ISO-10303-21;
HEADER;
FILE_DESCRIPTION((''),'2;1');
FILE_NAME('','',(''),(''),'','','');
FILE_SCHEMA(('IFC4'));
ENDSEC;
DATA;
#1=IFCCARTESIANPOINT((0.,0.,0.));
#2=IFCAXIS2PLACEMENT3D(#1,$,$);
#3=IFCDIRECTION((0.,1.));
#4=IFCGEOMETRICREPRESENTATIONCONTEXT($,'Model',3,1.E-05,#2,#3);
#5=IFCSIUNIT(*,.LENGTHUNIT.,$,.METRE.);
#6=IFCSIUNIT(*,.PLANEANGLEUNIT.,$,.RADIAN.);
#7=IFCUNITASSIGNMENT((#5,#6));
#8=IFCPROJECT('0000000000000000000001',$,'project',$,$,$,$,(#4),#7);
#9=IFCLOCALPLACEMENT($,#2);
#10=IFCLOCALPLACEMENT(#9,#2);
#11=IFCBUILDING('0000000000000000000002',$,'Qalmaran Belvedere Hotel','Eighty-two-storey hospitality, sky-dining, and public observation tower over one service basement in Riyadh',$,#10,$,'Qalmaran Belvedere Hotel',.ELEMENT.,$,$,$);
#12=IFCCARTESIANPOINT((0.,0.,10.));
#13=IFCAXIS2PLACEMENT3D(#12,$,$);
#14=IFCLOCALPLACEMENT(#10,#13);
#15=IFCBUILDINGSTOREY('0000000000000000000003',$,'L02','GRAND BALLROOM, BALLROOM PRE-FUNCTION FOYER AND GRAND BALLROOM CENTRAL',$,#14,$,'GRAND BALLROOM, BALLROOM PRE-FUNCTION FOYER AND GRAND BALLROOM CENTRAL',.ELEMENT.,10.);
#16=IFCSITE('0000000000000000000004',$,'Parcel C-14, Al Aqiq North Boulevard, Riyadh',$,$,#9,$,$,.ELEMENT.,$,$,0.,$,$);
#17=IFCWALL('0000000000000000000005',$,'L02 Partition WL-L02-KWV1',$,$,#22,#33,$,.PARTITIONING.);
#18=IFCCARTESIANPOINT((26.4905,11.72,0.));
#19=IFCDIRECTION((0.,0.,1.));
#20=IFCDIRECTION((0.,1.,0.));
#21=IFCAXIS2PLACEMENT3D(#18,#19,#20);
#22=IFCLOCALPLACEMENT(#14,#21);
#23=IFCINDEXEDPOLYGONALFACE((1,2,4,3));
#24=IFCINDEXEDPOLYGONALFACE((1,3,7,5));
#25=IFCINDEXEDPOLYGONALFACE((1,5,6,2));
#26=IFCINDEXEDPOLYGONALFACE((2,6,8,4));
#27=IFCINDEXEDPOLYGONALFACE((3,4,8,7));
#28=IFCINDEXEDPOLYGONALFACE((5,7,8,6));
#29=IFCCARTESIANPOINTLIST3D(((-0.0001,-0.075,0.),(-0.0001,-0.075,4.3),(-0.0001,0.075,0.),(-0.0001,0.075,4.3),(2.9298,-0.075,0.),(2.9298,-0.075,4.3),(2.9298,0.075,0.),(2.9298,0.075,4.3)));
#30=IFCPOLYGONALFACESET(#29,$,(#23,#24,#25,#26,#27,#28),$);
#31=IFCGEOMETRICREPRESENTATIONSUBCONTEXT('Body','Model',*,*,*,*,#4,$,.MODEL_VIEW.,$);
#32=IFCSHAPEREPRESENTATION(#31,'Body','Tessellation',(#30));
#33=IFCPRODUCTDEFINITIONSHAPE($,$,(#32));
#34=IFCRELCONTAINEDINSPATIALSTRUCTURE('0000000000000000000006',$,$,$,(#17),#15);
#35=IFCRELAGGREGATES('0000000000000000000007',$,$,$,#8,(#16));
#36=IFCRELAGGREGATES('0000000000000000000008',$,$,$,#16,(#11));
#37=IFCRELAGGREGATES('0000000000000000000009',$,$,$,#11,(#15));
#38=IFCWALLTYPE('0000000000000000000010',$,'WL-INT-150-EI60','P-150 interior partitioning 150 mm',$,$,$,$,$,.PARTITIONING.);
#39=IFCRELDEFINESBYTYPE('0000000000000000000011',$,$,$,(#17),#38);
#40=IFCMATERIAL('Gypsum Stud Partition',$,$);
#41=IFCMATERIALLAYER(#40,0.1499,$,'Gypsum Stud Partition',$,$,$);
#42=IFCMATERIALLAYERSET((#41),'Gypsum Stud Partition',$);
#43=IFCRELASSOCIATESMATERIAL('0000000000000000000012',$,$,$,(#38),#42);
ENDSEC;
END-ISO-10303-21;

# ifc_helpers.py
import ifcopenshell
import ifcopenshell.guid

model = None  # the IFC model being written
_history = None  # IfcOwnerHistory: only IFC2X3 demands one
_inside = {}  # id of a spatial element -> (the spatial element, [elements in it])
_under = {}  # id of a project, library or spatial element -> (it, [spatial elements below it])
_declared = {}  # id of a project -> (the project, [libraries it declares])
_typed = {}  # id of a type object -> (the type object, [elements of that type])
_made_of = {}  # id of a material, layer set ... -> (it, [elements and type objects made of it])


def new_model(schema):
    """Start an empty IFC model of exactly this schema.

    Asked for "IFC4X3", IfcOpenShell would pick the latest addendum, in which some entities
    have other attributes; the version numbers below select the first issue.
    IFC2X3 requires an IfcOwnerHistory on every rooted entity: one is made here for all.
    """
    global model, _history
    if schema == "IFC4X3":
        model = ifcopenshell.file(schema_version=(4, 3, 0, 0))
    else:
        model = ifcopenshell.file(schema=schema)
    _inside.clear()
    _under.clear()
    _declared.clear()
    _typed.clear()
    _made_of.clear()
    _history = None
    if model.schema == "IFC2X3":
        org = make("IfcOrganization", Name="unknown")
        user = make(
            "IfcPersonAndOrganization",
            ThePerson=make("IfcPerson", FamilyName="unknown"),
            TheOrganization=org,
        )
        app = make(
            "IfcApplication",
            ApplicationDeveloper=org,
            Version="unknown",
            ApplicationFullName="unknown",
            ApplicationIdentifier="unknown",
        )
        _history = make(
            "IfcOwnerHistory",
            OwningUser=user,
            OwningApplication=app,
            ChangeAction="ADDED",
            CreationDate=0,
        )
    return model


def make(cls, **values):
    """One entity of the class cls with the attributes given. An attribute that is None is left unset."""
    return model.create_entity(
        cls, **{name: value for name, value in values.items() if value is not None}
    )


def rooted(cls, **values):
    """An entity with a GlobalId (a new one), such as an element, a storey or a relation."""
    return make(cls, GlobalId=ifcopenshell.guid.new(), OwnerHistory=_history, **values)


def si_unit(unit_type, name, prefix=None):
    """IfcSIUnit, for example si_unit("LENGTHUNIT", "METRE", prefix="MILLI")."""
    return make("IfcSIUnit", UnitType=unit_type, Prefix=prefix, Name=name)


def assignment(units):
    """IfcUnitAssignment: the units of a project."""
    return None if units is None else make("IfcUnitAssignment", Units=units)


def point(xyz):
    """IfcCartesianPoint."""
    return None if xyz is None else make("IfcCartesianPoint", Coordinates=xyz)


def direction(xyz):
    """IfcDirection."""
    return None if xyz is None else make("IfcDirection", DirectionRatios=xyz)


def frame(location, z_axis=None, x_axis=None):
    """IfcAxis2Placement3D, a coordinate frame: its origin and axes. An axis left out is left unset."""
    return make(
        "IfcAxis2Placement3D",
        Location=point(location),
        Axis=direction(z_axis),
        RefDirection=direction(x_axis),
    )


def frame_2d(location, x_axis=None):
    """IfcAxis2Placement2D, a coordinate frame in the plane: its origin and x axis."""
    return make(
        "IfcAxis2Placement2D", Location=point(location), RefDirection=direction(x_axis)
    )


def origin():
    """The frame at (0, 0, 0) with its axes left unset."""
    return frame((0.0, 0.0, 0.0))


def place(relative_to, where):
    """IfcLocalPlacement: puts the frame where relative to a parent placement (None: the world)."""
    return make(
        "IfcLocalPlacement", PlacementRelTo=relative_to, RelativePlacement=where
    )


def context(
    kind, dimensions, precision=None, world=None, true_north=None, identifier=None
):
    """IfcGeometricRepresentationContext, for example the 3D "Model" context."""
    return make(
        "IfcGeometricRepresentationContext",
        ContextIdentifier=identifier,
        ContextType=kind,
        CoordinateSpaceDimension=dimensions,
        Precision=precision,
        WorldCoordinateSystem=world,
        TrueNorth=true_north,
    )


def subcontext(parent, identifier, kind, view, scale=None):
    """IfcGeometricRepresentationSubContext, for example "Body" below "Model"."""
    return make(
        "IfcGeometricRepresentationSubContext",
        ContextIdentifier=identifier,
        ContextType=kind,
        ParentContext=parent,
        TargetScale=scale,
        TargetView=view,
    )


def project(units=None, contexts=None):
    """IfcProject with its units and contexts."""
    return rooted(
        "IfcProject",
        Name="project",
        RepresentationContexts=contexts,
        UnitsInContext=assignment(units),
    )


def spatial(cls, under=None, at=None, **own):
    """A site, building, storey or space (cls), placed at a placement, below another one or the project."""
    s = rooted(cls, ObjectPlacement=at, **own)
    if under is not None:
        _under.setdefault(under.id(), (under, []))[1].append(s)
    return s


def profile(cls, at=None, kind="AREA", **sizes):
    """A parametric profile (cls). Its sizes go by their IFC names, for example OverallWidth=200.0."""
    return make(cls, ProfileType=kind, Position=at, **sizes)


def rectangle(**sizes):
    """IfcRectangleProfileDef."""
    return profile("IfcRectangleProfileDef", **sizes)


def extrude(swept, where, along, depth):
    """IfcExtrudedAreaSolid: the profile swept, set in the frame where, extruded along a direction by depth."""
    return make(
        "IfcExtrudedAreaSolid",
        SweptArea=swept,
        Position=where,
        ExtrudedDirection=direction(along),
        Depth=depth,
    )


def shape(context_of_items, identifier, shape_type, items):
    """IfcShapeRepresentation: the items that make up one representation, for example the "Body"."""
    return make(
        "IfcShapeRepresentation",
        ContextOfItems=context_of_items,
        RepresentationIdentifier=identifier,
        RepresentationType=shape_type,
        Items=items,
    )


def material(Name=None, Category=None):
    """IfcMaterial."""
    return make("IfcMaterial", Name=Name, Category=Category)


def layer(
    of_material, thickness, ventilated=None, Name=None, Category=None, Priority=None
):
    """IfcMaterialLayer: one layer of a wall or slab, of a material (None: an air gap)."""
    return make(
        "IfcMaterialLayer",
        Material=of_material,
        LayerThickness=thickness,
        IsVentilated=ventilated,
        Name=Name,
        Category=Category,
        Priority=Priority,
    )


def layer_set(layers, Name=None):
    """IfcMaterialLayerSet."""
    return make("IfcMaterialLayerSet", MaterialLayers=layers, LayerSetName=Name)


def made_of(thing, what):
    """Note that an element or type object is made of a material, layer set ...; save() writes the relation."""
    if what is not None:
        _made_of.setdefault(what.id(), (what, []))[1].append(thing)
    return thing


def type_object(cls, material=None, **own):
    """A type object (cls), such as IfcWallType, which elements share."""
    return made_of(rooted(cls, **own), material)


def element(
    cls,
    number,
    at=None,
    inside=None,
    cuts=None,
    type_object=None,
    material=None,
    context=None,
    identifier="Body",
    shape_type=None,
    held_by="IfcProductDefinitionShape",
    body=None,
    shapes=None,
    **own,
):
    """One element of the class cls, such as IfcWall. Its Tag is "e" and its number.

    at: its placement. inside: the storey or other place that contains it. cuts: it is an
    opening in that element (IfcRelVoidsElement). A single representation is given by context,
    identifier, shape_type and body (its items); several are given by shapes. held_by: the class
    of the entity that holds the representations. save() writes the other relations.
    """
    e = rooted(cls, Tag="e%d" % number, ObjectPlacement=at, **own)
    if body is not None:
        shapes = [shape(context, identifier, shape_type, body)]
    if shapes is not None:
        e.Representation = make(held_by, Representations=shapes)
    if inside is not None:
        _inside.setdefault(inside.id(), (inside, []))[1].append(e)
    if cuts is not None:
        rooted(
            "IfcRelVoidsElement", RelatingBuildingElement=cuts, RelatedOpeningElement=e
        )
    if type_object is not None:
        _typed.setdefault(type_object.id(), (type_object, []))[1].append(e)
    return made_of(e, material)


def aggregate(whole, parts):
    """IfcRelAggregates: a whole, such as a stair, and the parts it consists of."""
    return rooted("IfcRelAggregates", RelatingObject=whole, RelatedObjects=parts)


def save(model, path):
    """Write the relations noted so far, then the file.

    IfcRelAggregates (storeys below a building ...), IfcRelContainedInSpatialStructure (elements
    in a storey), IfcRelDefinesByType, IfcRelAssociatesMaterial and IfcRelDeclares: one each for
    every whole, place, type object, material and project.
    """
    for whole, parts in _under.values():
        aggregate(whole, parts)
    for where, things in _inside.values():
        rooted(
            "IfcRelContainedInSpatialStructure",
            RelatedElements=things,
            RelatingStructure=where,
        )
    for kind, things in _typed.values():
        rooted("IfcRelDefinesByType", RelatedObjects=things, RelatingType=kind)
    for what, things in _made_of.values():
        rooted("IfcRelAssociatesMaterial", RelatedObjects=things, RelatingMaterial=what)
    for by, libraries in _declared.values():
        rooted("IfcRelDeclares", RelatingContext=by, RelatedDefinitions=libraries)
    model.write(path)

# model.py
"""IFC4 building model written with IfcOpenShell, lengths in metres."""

from ifc_helpers import new_model, si_unit, direction, frame, frame_2d, origin, place, context, subcontext, project, spatial, rectangle, extrude, material, layer, layer_set, type_object, element, save


model = new_model("IFC4")

# Units and contexts
model_context = context("Model", 3, precision=1e-05, world=origin(), true_north=direction((0.0, 1.0)))
body_context = subcontext(model_context, "Body", "Model", "MODEL_VIEW")
ifc_project = project(units=[si_unit("LENGTHUNIT", "METRE"), si_unit("PLANEANGLEUNIT", "RADIAN")], contexts=[model_context])

# Site, building, storey
site_placement = place(None, origin())
site = spatial("IfcSite", under=ifc_project, at=site_placement, Name="Parcel C-14, Al Aqiq North Boulevard, Riyadh", CompositionType="ELEMENT", RefElevation=0.0)
building_placement = place(site_placement, origin())
building = spatial("IfcBuilding", under=site, at=building_placement, Name="Qalmaran Belvedere Hotel", Description="Eighty-two-storey hospitality, sky-dining, and public observation tower over one service basement in Riyadh", LongName="Qalmaran Belvedere Hotel", CompositionType="ELEMENT")
storey_placement = place(building_placement, frame((0.0, 0.0, 10.0)))
storey = spatial("IfcBuildingStorey", under=building, at=storey_placement, Name="L02", Description="GRAND BALLROOM, BALLROOM PRE-FUNCTION FOYER AND GRAND BALLROOM CENTRAL", LongName="GRAND BALLROOM, BALLROOM PRE-FUNCTION FOYER AND GRAND BALLROOM CENTRAL", CompositionType="ELEMENT", Elevation=10.0)

# Wall
ifc_material_1 = material(Name="Gypsum Stud Partition")
ifc_layer_1 = layer(ifc_material_1, 0.1499, Name="Gypsum Stud Partition")
ifc_layer_set_1 = layer_set([ifc_layer_1], Name="Gypsum Stud Partition")
wall_type_1 = type_object("IfcWallType", Name="WL-INT-150-EI60", Description="P-150 interior partitioning 150 mm", PredefinedType="PARTITIONING", material=ifc_layer_set_1)
wall_1_placement = place(storey_placement, frame((26.4905, 11.72, 0.0), z_axis=(0.0, 0.0, 1.0), x_axis=(0.0, 1.0, 0.0)))
element("IfcWall", 1, at=wall_1_placement, inside=storey, type_object=wall_type_1, Name="L02 Partition WL-L02-KWV1", PredefinedType="PARTITIONING", context=body_context, shape_type="SweptSolid", body=[
    extrude(rectangle(XDim=2.9299, YDim=0.1499, at=frame_2d((1.4648, 0.0))), origin(), (0.0, 0.0, 1.0), 4.3),
])

save(model, "model.ifc")
